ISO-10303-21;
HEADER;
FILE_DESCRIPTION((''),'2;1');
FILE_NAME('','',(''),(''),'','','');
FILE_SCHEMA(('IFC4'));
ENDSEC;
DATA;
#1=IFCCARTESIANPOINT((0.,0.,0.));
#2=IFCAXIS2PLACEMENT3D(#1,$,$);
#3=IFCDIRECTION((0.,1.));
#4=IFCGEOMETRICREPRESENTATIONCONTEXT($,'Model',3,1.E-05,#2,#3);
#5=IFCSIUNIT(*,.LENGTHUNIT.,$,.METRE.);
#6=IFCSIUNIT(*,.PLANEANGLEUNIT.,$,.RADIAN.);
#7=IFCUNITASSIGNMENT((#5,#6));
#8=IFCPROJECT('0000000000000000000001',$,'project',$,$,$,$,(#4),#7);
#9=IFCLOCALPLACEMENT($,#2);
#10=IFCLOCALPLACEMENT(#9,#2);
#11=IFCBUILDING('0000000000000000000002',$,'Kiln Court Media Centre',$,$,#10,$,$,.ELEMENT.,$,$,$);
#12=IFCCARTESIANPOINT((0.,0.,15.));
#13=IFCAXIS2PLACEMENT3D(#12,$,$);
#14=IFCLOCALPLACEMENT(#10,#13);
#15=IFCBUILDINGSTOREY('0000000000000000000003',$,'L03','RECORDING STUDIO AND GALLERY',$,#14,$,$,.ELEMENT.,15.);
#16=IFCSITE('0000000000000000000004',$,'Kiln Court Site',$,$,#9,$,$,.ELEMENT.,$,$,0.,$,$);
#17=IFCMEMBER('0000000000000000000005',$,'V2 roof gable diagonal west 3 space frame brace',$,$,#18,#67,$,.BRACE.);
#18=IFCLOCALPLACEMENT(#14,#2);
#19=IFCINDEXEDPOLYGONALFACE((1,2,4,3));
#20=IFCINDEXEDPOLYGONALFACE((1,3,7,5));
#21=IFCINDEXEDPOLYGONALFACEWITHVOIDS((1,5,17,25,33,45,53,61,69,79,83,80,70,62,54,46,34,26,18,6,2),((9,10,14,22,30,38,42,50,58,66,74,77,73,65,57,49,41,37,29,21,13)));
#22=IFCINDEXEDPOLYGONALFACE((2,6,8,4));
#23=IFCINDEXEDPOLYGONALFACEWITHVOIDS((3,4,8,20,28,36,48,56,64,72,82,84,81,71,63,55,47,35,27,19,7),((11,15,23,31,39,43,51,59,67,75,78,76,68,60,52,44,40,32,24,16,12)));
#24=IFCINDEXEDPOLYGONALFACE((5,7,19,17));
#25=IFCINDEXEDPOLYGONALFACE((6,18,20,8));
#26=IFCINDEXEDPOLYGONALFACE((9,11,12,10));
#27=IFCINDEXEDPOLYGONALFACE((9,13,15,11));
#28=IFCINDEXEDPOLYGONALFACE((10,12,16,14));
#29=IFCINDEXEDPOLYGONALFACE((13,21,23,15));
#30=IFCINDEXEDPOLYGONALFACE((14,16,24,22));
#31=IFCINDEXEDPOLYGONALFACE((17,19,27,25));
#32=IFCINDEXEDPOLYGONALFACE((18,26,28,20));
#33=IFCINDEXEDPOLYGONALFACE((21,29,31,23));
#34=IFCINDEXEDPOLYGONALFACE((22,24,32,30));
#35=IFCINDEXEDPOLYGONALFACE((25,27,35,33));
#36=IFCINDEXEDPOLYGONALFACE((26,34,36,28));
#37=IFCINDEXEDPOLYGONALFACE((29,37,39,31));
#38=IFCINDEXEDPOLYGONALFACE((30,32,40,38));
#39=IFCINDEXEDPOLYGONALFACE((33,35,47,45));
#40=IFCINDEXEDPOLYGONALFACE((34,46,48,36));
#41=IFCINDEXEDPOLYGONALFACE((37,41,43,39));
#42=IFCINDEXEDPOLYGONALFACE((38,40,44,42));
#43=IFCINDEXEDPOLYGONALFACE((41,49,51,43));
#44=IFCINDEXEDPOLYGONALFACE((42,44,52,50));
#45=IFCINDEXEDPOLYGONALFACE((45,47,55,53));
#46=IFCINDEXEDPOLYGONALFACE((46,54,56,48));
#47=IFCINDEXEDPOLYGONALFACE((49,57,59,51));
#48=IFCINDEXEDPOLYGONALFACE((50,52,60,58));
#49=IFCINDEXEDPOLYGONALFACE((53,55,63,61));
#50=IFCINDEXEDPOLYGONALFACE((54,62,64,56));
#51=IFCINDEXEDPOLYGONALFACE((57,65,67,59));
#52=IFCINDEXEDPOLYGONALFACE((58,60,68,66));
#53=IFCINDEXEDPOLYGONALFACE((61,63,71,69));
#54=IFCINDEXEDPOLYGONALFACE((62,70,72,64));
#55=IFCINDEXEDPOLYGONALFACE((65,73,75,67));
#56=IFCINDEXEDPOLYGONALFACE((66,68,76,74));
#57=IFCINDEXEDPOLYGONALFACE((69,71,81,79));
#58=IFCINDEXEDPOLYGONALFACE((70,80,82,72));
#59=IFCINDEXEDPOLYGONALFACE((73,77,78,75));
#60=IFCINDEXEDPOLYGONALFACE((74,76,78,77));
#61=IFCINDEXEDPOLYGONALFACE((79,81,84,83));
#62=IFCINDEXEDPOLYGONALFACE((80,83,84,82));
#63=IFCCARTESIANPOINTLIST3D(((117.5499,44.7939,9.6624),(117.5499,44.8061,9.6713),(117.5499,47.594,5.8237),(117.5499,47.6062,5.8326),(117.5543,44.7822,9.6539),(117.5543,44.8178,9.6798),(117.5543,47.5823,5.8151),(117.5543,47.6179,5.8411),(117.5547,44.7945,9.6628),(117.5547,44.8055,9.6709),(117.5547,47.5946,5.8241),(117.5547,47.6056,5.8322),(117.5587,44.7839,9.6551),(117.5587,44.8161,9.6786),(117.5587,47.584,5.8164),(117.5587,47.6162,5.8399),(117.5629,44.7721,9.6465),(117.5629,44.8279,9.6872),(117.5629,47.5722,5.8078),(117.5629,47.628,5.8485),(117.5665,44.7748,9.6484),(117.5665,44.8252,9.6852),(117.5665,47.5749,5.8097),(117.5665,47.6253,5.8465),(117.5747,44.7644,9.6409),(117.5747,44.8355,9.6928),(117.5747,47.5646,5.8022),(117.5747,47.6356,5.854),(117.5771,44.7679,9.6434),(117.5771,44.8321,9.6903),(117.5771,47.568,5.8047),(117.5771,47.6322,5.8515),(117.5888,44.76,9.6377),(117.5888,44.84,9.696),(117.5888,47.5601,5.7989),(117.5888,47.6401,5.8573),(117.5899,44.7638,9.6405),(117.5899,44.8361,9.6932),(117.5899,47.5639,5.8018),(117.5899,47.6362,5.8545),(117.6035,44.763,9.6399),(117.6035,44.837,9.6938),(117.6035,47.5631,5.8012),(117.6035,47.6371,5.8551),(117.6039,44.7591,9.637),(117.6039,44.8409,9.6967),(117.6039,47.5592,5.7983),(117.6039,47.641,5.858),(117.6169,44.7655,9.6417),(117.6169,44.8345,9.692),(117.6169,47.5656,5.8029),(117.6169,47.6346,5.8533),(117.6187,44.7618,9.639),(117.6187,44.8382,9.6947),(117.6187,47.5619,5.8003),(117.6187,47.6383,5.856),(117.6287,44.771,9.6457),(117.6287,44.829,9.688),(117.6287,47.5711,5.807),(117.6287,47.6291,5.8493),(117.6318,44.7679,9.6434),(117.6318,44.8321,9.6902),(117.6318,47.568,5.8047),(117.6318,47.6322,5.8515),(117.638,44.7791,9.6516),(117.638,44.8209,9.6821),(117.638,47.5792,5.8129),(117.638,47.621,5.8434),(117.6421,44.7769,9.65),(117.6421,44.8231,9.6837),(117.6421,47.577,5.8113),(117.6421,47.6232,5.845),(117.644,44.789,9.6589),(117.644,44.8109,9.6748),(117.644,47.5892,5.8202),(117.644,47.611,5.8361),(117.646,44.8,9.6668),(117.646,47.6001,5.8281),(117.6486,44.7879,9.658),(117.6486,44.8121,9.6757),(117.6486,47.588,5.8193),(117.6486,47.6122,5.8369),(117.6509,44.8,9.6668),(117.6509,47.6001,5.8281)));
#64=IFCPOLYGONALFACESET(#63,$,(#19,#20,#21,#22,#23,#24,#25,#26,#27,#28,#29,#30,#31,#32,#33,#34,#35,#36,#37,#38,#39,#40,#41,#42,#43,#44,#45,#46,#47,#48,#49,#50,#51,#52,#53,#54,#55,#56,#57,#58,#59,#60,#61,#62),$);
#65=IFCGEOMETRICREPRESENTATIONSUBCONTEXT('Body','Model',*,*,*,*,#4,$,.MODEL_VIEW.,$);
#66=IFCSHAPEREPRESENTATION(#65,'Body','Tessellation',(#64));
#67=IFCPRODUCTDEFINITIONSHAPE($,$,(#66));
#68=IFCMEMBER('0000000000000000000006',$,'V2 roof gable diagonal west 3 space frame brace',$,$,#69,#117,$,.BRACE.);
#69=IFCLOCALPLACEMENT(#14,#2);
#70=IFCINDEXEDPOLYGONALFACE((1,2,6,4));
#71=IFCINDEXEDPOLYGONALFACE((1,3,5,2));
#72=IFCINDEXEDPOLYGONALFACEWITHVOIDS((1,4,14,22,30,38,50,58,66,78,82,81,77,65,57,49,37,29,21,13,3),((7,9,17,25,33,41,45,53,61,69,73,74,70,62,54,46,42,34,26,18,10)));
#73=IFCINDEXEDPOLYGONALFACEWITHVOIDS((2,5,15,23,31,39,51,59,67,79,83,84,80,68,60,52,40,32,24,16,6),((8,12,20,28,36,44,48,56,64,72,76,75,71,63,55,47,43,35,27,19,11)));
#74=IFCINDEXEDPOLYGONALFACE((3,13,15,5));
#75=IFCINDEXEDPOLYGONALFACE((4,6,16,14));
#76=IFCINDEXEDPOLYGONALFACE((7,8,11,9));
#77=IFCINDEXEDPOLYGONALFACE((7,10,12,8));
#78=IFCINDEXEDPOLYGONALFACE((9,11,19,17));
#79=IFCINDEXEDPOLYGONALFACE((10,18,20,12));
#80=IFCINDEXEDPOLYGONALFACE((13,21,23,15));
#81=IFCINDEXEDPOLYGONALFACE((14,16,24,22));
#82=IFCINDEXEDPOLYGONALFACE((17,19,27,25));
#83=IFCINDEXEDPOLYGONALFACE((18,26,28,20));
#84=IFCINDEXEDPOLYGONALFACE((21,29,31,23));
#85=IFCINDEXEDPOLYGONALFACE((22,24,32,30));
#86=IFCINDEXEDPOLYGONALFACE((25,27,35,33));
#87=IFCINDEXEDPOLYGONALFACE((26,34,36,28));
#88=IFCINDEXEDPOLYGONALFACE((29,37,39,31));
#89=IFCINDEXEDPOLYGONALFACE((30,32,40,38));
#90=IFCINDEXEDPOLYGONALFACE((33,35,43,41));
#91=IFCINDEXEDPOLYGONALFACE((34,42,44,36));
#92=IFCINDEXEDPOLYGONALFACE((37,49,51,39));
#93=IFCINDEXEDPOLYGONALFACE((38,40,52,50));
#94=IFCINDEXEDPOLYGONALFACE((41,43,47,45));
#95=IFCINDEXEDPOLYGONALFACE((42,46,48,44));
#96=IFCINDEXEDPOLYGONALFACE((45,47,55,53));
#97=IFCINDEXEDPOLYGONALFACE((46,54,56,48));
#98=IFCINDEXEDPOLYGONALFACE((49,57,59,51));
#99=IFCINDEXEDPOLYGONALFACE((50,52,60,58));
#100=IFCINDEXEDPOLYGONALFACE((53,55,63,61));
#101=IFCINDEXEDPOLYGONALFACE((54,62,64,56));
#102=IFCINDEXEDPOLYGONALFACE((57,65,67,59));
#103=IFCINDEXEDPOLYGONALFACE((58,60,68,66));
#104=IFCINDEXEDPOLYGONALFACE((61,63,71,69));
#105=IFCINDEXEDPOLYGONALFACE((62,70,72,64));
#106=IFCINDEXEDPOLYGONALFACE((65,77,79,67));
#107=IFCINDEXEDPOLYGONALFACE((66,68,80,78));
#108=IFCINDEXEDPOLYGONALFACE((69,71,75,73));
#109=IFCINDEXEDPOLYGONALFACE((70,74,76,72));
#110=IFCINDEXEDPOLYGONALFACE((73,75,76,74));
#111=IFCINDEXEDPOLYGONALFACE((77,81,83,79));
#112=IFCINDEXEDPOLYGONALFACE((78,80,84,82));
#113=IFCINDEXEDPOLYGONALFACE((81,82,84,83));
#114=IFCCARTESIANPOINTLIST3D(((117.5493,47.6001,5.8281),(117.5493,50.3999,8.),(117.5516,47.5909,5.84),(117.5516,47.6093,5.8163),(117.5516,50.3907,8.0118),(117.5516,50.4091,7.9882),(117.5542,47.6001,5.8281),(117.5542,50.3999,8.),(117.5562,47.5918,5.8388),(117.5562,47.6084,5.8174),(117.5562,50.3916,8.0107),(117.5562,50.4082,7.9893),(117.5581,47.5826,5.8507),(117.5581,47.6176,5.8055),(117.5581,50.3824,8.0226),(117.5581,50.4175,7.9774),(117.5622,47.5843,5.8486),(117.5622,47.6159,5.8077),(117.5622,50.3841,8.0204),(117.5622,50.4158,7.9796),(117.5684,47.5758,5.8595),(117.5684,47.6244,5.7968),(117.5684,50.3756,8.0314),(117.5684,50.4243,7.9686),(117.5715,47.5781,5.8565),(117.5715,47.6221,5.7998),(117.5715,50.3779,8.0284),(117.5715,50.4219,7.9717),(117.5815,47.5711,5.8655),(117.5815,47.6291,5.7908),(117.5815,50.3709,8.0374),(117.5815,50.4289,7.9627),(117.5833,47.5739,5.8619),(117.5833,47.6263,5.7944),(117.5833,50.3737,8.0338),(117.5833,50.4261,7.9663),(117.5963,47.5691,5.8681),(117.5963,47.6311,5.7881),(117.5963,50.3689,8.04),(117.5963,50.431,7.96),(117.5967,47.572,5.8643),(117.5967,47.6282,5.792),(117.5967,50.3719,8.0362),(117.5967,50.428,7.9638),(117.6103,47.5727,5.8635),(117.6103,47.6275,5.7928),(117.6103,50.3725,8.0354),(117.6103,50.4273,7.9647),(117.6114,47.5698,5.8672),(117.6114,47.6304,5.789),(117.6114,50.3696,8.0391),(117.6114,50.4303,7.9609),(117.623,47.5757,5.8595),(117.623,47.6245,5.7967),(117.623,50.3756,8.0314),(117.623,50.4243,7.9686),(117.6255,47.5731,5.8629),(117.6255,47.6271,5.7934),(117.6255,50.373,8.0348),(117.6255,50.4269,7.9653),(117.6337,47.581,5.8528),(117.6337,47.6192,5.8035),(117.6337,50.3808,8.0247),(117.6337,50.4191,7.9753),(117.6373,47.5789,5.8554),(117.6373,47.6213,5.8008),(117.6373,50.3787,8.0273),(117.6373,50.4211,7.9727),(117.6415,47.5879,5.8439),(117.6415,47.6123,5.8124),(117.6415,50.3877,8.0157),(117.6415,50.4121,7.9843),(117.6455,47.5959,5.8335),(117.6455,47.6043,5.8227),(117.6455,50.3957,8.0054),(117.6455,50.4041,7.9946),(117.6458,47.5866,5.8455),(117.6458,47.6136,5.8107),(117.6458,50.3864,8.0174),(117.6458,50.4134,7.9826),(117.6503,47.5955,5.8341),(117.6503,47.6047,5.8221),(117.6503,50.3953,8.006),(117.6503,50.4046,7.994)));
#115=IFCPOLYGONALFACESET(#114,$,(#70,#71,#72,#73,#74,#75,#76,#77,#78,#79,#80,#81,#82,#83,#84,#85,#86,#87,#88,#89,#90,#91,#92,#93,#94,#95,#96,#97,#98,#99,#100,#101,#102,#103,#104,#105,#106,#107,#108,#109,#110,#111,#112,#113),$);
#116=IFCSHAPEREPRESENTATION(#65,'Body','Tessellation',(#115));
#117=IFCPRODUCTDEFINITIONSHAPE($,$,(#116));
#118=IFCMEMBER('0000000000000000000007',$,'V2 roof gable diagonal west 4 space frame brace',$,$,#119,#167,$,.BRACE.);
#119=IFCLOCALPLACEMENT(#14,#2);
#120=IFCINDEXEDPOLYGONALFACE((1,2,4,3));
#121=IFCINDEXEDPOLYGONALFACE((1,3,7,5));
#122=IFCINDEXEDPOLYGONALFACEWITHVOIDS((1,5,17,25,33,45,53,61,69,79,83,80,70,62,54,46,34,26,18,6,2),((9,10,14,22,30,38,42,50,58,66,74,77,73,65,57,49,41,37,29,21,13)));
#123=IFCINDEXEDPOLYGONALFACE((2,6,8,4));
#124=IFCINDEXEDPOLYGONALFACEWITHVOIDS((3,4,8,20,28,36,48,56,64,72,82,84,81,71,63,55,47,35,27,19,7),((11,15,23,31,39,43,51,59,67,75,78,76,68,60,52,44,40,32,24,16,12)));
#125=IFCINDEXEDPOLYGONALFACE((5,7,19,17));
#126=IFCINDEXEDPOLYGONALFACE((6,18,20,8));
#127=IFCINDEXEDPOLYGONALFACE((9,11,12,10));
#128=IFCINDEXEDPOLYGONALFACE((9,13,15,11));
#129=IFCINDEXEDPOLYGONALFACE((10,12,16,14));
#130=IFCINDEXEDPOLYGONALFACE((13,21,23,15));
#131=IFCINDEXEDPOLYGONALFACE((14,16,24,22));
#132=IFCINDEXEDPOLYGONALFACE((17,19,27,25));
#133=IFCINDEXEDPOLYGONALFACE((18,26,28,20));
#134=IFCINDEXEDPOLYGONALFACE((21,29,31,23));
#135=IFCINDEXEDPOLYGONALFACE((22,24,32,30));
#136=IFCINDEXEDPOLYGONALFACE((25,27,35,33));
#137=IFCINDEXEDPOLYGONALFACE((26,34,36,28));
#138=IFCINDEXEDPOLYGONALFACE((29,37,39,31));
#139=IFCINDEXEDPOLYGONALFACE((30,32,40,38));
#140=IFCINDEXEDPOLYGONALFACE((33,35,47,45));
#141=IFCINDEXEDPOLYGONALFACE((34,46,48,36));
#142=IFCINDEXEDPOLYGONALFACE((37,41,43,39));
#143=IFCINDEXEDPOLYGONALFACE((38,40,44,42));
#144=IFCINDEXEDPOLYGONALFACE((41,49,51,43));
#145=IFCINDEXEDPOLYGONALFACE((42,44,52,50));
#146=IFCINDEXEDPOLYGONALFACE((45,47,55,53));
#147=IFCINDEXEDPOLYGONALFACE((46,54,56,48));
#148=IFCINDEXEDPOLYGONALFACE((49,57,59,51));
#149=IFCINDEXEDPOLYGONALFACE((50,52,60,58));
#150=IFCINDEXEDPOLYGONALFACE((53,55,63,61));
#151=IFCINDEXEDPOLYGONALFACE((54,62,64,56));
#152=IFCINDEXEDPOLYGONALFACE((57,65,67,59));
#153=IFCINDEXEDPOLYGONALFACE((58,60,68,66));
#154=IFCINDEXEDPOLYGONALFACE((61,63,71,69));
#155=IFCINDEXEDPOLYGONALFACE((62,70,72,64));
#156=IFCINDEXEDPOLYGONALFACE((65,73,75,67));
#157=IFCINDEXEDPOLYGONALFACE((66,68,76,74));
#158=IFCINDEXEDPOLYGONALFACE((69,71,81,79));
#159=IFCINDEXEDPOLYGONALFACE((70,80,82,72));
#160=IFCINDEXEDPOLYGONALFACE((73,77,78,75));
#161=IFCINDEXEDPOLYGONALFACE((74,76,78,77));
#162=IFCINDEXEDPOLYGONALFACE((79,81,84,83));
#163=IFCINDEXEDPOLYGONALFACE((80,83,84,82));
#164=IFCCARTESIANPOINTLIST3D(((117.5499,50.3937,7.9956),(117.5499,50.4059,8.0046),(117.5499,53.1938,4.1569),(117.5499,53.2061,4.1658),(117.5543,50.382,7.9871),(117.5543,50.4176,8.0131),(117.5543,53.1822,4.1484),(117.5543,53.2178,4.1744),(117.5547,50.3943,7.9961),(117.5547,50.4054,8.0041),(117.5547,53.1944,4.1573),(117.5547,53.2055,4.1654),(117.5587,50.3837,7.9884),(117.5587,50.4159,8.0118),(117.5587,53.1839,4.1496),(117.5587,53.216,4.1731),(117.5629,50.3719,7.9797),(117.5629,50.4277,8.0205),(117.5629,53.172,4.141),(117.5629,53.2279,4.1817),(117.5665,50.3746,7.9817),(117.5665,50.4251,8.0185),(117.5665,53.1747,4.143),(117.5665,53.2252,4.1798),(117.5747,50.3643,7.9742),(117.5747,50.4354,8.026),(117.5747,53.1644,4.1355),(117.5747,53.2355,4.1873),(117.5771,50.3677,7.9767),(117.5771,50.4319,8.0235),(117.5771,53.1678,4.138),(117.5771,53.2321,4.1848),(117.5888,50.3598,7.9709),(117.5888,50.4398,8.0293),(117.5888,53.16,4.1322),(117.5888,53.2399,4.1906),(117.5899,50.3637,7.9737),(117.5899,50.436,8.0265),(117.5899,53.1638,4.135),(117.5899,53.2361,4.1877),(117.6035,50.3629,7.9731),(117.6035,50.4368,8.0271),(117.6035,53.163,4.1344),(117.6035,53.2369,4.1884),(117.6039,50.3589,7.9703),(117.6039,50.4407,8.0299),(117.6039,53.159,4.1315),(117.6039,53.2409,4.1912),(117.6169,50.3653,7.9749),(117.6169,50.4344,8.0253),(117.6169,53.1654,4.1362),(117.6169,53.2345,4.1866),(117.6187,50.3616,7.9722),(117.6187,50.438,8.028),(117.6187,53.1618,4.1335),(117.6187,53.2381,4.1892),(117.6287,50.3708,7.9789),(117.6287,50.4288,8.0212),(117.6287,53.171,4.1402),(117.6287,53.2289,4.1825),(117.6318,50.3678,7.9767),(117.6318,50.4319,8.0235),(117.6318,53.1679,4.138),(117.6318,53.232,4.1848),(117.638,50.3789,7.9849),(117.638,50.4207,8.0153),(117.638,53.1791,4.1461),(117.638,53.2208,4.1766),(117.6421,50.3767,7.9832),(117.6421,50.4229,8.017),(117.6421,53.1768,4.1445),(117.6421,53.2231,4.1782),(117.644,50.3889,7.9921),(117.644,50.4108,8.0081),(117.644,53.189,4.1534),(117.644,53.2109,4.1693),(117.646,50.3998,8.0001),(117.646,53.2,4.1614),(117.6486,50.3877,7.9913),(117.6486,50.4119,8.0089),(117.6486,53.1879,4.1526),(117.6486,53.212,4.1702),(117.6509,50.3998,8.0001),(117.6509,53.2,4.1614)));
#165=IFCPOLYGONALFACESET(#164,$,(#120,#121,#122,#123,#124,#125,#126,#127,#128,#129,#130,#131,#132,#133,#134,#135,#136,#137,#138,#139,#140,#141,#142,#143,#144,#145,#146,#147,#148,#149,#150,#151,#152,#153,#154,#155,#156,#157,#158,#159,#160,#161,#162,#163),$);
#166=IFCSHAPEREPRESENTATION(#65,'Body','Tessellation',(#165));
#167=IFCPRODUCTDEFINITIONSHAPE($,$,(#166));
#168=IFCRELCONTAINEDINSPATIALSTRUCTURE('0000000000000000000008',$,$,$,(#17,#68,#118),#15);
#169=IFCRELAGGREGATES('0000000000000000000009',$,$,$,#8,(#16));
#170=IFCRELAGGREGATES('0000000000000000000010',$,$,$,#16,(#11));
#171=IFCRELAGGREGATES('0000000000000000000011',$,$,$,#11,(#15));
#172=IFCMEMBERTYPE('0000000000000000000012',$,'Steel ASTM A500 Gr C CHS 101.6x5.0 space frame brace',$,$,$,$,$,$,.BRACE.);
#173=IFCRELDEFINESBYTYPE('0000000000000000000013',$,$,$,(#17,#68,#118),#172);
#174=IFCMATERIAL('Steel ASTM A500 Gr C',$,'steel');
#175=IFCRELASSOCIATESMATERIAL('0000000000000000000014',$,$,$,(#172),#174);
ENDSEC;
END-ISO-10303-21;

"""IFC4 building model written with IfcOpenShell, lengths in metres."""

from ifc_helpers import new_model, si_unit, direction, frame, origin, origin_2d, place, context, subcontext, project, spatial, hollow_circle, extrude, material, material_profile, profile_set, type_object, element, save


model = new_model("IFC4")

# Units and contexts
model_context = context("Model", 3, precision=1e-05, world=origin(), true_north=direction((0.0, 1.0)))
body_context = subcontext(model_context, "Body", "Model", "MODEL_VIEW")
ifc_project = project(units=[si_unit("LENGTHUNIT", "METRE"), si_unit("PLANEANGLEUNIT", "RADIAN")], contexts=[model_context])

# Site, building, storey
site_placement = place(None, origin())
site = spatial("IfcSite", under=ifc_project, at=site_placement, Name="Kiln Court Site", CompositionType="ELEMENT", RefElevation=0.0)
building_placement = place(site_placement, origin())
building = spatial("IfcBuilding", under=site, at=building_placement, Name="Kiln Court Media Centre", CompositionType="ELEMENT")
storey_placement = place(building_placement, frame((0.0, 0.0, 15.0)))
storey = spatial("IfcBuildingStorey", under=building, at=storey_placement, Name="L03", Description="RECORDING STUDIO AND GALLERY", CompositionType="ELEMENT", Elevation=15.0)

# Members
ifc_material_1 = material(Name="Steel ASTM A500 Gr C", Category="steel")
ifc_material_profile_1 = material_profile(ifc_material_1, hollow_circle(Radius=0.0508, WallThickness=0.0049, at=origin_2d()), Name="CHS 101.6x5.0")
ifc_profile_set_1 = profile_set([ifc_material_profile_1], Name="Steel ASTM A500 Gr C")
member_type_1 = type_object("IfcMemberType", Name="Steel ASTM A500 Gr C CHS 101.6x5.0 space frame brace", PredefinedType="BRACE", material=ifc_profile_set_1)
member_1_placement = place(storey_placement, frame((117.6001, 47.6001, 5.8281), z_axis=(0.0, -0.589317, 0.807902), x_axis=(1.0, 0.0, 0.0)))
element("IfcMember", 1, at=member_1_placement, inside=storey, type_object=member_type_1, Name="V2 roof gable diagonal west 3 space frame brace", PredefinedType="BRACE", context=body_context, shape_type="SweptSolid", body=[
    extrude(hollow_circle(Radius=0.0508, WallThickness=0.0049, at=origin_2d()), origin(), (0.0, 0.0, 1.0), 4.7515),
])
member_2_placement = place(storey_placement, frame((117.6001, 47.6001, 5.8281), z_axis=(0.0, 0.790138, 0.612929), x_axis=(-1.0, 0.0, 0.0)))
element("IfcMember", 2, at=member_2_placement, inside=storey, type_object=member_type_1, Name="V2 roof gable diagonal west 3 space frame brace", PredefinedType="BRACE", context=body_context, shape_type="SweptSolid", body=[
    extrude(hollow_circle(Radius=0.0508, WallThickness=0.0049, at=origin_2d()), origin(), (0.0, 0.0, 1.0), 3.5435),
])
member_3_placement = place(storey_placement, frame((117.6001, 53.2, 4.1614), z_axis=(0.0, -0.589317, 0.807902), x_axis=(1.0, 0.0, 0.0)))
element("IfcMember", 3, at=member_3_placement, inside=storey, type_object=member_type_1, Name="V2 roof gable diagonal west 4 space frame brace", PredefinedType="BRACE", context=body_context, shape_type="SweptSolid", body=[
    extrude(hollow_circle(Radius=0.0508, WallThickness=0.0049, at=origin_2d()), origin(), (0.0, 0.0, 1.0), 4.7515),
])

save(model, "model.ifc")
